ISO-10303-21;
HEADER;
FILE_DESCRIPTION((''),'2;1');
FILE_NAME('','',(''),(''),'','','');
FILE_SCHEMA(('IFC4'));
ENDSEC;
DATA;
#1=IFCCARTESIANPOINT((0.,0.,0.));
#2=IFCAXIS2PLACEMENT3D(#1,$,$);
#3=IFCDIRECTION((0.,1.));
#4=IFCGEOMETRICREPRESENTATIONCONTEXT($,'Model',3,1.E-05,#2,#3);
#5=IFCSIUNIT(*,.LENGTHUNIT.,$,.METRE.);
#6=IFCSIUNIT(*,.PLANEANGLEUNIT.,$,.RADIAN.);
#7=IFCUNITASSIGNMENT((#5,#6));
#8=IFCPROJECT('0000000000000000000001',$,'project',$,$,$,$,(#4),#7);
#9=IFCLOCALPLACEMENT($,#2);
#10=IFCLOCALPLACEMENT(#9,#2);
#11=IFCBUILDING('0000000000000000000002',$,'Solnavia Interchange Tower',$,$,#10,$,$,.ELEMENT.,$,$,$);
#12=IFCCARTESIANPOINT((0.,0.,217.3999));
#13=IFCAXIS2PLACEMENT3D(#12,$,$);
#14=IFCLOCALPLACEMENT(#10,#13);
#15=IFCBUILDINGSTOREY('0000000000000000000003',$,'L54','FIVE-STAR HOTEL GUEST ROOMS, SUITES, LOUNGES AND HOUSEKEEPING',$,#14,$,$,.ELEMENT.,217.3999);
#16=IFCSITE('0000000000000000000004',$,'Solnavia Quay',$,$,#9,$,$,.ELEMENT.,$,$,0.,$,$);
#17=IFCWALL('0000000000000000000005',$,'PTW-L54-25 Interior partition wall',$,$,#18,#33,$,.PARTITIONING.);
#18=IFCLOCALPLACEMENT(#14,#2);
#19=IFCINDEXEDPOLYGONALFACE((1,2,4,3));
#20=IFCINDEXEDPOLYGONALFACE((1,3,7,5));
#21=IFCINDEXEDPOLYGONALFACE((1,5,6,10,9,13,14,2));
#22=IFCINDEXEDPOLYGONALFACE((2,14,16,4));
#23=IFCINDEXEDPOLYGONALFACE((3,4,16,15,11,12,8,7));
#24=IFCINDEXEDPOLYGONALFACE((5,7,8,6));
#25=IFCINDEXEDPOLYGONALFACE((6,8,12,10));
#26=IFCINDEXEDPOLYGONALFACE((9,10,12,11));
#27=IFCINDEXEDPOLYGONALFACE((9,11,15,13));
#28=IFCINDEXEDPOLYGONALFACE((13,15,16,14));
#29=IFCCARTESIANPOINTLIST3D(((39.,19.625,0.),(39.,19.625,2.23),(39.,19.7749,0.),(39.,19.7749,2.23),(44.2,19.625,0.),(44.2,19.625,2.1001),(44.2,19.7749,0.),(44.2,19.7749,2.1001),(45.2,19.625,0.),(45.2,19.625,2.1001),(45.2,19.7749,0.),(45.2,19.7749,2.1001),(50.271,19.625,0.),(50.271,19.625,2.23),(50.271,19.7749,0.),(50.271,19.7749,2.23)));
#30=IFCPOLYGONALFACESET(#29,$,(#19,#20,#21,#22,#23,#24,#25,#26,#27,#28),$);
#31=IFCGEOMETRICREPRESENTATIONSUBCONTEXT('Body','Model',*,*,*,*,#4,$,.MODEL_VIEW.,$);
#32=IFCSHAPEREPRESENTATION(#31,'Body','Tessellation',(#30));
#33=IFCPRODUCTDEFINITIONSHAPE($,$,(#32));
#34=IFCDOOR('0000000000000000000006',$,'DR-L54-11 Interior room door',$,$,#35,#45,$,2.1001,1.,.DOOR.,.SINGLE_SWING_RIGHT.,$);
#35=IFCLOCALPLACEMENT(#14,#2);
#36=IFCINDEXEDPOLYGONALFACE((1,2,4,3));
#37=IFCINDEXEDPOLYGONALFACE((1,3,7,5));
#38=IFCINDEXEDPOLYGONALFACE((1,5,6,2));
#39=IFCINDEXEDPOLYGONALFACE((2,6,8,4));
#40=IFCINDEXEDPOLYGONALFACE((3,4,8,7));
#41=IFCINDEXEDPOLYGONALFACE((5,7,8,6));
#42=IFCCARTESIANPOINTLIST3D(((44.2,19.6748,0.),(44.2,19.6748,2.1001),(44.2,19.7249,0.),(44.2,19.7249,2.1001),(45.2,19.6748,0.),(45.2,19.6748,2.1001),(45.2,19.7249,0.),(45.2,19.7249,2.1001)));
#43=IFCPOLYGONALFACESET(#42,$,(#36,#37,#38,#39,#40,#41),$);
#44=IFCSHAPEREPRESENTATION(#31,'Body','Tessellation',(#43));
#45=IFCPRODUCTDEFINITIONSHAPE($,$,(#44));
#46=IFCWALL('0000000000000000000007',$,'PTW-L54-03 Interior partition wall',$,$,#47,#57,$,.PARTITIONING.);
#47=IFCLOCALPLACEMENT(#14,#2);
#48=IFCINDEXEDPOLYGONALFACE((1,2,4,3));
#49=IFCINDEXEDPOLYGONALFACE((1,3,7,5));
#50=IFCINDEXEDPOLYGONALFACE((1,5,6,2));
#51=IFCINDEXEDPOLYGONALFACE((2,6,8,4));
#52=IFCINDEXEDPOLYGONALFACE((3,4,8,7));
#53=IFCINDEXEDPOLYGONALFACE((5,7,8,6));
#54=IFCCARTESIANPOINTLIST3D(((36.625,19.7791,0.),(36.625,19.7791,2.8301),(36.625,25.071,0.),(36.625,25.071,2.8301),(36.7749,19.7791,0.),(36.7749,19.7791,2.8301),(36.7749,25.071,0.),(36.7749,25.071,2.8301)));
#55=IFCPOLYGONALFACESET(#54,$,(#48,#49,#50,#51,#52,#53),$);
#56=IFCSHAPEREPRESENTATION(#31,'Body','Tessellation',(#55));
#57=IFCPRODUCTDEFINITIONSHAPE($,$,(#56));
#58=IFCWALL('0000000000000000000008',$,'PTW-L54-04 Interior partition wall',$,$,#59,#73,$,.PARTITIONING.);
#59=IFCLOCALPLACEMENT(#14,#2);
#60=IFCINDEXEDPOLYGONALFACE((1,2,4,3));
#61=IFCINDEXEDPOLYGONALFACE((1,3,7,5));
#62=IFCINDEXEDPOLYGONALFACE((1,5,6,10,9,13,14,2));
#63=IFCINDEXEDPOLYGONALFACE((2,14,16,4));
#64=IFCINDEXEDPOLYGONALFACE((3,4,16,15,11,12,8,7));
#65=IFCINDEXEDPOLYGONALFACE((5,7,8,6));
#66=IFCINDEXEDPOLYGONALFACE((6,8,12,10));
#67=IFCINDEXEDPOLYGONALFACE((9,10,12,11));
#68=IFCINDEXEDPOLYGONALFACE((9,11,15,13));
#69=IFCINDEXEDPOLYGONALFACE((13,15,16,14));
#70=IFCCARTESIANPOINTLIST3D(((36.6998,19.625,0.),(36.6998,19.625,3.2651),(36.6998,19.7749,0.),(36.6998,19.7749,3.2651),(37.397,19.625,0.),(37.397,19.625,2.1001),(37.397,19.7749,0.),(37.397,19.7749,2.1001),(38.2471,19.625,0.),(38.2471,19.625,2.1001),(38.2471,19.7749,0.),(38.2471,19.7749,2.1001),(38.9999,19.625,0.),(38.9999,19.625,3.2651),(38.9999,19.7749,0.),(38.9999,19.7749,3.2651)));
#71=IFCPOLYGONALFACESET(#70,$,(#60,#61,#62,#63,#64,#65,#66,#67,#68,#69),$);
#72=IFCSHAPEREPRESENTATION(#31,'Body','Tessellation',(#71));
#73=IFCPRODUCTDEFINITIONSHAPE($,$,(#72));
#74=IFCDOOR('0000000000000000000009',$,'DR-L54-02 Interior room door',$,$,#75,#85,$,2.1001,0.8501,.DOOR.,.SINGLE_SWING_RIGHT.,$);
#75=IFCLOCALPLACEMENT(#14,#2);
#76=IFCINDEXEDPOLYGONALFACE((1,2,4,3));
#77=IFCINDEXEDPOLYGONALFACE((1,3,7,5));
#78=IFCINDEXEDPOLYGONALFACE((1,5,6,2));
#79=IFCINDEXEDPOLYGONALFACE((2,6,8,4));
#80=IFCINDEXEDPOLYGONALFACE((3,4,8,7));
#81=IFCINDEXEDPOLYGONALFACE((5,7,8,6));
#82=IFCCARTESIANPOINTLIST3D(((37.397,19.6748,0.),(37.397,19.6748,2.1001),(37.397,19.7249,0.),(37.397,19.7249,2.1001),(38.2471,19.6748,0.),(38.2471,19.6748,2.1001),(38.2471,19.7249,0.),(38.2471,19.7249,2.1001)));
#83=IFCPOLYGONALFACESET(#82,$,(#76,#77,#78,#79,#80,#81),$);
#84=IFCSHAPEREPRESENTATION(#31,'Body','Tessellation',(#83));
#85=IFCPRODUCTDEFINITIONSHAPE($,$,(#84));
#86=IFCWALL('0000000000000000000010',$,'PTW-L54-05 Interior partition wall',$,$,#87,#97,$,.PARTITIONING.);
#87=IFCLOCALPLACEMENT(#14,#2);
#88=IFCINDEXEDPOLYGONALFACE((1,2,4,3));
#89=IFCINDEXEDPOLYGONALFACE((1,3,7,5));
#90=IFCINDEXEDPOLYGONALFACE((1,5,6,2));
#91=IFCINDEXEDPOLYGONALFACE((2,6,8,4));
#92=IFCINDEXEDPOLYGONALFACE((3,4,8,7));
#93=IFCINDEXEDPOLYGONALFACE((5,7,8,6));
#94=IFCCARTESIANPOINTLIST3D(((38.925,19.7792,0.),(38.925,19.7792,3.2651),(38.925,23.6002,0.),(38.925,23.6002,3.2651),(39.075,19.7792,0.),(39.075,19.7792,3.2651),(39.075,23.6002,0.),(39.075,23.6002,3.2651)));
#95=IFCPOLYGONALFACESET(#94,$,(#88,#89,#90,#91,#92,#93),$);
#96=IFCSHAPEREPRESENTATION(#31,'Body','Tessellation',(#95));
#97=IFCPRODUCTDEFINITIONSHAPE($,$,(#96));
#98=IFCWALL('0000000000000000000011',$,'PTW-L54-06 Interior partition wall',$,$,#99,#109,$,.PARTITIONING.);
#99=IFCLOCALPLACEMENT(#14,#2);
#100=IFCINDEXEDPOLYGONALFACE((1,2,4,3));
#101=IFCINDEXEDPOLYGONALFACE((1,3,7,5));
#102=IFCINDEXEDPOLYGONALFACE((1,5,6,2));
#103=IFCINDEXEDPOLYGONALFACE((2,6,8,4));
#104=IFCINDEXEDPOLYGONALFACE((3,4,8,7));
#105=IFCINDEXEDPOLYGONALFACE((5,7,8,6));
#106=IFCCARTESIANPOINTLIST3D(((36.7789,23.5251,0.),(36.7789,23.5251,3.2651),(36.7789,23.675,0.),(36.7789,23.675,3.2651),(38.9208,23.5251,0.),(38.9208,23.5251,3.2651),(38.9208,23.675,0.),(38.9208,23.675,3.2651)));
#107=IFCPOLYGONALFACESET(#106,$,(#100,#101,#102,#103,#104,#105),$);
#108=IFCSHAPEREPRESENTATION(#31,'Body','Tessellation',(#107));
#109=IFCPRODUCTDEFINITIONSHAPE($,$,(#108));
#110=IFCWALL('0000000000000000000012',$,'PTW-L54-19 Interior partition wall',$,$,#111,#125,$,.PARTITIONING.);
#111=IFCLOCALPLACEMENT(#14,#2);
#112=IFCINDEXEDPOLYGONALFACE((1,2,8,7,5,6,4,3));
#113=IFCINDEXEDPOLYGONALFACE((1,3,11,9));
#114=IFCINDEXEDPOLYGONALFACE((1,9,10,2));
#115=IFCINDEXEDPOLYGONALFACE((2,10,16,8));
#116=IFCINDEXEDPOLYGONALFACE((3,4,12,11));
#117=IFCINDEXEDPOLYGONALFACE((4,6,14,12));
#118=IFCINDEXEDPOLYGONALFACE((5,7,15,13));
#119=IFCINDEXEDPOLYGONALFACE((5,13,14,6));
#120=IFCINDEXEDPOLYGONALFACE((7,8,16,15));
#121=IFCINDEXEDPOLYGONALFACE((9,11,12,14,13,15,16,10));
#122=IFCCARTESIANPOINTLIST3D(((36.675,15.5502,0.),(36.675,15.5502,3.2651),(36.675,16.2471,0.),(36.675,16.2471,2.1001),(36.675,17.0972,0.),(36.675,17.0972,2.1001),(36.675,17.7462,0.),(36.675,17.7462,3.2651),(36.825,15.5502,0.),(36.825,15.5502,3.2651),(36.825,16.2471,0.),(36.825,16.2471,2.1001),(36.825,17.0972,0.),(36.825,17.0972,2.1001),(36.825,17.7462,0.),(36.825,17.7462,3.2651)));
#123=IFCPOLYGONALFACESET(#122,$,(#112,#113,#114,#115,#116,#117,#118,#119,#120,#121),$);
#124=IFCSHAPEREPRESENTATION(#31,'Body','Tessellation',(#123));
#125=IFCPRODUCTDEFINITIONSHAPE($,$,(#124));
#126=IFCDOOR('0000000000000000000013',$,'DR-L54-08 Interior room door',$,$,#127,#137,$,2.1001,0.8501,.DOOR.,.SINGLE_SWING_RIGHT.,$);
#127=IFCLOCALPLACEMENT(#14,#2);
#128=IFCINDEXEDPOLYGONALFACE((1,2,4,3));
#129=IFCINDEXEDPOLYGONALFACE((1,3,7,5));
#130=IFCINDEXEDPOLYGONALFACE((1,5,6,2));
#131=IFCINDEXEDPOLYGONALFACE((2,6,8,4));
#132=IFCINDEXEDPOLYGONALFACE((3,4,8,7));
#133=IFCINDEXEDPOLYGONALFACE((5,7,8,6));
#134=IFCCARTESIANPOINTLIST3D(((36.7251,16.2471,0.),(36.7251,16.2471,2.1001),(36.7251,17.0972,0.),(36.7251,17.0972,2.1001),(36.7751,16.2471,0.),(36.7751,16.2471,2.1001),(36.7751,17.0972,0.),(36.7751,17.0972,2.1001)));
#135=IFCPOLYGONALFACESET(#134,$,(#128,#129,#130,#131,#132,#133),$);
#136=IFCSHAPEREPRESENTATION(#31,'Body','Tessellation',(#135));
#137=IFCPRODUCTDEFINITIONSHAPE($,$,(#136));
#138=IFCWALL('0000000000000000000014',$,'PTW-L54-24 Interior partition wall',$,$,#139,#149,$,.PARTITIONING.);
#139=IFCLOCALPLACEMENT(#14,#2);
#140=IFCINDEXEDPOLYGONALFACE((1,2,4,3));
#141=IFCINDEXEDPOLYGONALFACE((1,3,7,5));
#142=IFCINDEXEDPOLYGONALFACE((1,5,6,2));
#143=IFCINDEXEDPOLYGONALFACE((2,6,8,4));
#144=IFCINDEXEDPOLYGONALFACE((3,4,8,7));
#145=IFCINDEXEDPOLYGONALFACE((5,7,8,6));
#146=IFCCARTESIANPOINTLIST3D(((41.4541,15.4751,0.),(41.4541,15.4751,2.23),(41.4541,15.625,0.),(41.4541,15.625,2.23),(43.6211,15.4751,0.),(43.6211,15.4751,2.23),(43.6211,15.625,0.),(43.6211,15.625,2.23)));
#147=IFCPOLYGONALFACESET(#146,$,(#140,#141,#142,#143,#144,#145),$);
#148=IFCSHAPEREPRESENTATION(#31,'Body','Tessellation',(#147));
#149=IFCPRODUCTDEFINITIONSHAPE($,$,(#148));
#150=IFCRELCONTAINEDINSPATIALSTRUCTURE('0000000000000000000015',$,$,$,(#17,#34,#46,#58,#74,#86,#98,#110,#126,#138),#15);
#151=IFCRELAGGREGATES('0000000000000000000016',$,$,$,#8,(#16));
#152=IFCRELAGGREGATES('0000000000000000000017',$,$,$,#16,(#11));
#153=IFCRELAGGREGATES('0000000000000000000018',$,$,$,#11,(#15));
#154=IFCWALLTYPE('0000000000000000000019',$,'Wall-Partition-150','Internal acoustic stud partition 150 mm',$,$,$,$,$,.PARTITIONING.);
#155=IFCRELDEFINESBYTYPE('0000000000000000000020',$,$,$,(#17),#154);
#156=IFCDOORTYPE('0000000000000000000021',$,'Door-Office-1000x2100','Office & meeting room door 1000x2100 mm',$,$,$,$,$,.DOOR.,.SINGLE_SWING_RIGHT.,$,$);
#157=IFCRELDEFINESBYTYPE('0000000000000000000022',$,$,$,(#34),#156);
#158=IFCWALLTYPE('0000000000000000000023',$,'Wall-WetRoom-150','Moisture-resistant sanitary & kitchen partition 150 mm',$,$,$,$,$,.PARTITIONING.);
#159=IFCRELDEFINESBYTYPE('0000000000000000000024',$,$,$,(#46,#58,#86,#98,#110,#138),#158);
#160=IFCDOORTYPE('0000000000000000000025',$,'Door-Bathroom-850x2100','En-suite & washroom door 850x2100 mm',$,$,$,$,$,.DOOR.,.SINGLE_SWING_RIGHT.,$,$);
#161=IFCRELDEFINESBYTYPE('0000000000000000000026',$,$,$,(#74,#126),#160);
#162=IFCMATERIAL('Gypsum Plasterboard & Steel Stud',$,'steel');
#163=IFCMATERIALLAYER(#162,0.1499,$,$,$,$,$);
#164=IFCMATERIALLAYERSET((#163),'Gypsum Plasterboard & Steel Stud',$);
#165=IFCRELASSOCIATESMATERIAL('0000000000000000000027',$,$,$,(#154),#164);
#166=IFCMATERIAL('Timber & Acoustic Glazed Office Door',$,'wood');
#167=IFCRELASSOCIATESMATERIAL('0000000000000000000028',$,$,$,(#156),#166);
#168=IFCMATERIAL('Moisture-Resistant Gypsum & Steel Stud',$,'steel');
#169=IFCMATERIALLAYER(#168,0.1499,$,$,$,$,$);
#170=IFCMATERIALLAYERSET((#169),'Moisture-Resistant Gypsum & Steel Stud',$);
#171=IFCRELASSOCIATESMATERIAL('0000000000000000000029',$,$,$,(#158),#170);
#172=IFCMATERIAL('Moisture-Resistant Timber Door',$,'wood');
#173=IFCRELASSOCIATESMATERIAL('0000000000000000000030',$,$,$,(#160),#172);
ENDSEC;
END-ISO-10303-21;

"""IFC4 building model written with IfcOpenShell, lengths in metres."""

from ifc_helpers import new_model, si_unit, direction, frame, frame_2d, origin, place, context, subcontext, project, spatial, rectangle, extrude, material, layer, layer_set, type_object, element, fill, save


model = new_model("IFC4")

# Units and contexts
model_context = context("Model", 3, precision=1e-05, world=origin(), true_north=direction((0.0, 1.0)))
body_context = subcontext(model_context, "Body", "Model", "MODEL_VIEW")
ifc_project = project(units=[si_unit("LENGTHUNIT", "METRE"), si_unit("PLANEANGLEUNIT", "RADIAN")], contexts=[model_context])

# Site, building, storey
site_placement = place(None, origin())
site = spatial("IfcSite", under=ifc_project, at=site_placement, Name="Solnavia Quay", CompositionType="ELEMENT", RefElevation=0.0)
building_placement = place(site_placement, origin())
building = spatial("IfcBuilding", under=site, at=building_placement, Name="Solnavia Interchange Tower", CompositionType="ELEMENT")
storey_placement = place(building_placement, frame((0.0, 0.0, 217.3999)))
storey = spatial("IfcBuildingStorey", under=building, at=storey_placement, Name="L54", Description="FIVE-STAR HOTEL GUEST ROOMS, SUITES, LOUNGES AND HOUSEKEEPING", CompositionType="ELEMENT", Elevation=217.3999)

# Wall, opening, door
ifc_material_1 = material(Name="Gypsum Plasterboard & Steel Stud", Category="steel")
ifc_layer_1 = layer(ifc_material_1, 0.1499)
ifc_layer_set_1 = layer_set([ifc_layer_1], Name="Gypsum Plasterboard & Steel Stud")
wall_type_1 = type_object("IfcWallType", Name="Wall-Partition-150", Description="Internal acoustic stud partition 150 mm", PredefinedType="PARTITIONING", material=ifc_layer_set_1)
wall_1_placement = place(storey_placement, frame((39.0, 19.7, 0.0), z_axis=(0.0, 0.0, 1.0), x_axis=(1.0, 0.0, 0.0)))
wall_1 = element("IfcWall", 1, at=wall_1_placement, inside=storey, type_object=wall_type_1, Name="PTW-L54-25 Interior partition wall", PredefinedType="PARTITIONING", context=body_context, shape_type="SweptSolid", body=[
    extrude(rectangle(XDim=11.271, YDim=0.1499, at=frame_2d((5.6355, 0.0))), origin(), (0.0, 0.0, 1.0), 2.23),
])
opening_1_placement = place(wall_1_placement, frame((5.2, 0.0, 0.0)))
opening_1 = element("IfcOpeningElement", 2, at=opening_1_placement, cuts=wall_1, PredefinedType="OPENING", context=body_context, shape_type="SweptSolid", body=[
    extrude(rectangle(XDim=1.0, YDim=2.1001, at=frame_2d((0.5, 1.05))), frame((0.0, 0.085, 0.0), z_axis=(0.0, -1.0, 0.0), x_axis=(1.0, 0.0, 0.0)), (0.0, 0.0, 1.0), 0.1699),
])
ifc_material_2 = material(Name="Timber & Acoustic Glazed Office Door", Category="wood")
door_type_1 = type_object("IfcDoorType", Name="Door-Office-1000x2100", Description="Office & meeting room door 1000x2100 mm", OperationType="SINGLE_SWING_RIGHT", PredefinedType="DOOR", material=ifc_material_2)
door_1_placement = place(opening_1_placement, origin())
door_1 = element("IfcDoor", 3, at=door_1_placement, inside=storey, type_object=door_type_1, Name="DR-L54-11 Interior room door", OperationType="SINGLE_SWING_RIGHT", OverallHeight=2.1001, OverallWidth=1.0, PredefinedType="DOOR", context=body_context, shape_type="SweptSolid", body=[
    extrude(rectangle(XDim=1.0, YDim=2.1001, at=frame_2d((0.5, 1.05))), frame((0.0, 0.0249, 0.0), z_axis=(0.0, -1.0, 0.0), x_axis=(1.0, 0.0, 0.0)), (0.0, 0.0, 1.0), 0.05),
])
fill(opening_1, door_1)

# Wall
ifc_material_3 = material(Name="Moisture-Resistant Gypsum & Steel Stud", Category="steel")
ifc_layer_2 = layer(ifc_material_3, 0.1499)
ifc_layer_set_2 = layer_set([ifc_layer_2], Name="Moisture-Resistant Gypsum & Steel Stud")
wall_type_2 = type_object("IfcWallType", Name="Wall-WetRoom-150", Description="Moisture-resistant sanitary & kitchen partition 150 mm", PredefinedType="PARTITIONING", material=ifc_layer_set_2)
wall_2_placement = place(storey_placement, frame((36.7, 19.7791, 0.0), z_axis=(0.0, 0.0, 1.0), x_axis=(0.0, 1.0, 0.0)))
element("IfcWall", 4, at=wall_2_placement, inside=storey, type_object=wall_type_2, Name="PTW-L54-03 Interior partition wall", PredefinedType="PARTITIONING", context=body_context, shape_type="SweptSolid", body=[
    extrude(rectangle(XDim=5.292, YDim=0.1499, at=frame_2d((2.646, 0.0))), origin(), (0.0, 0.0, 1.0), 2.8301),
])

# Wall, opening, door
wall_3_placement = place(storey_placement, frame((36.7, 19.7, 0.0), z_axis=(0.0, 0.0, 1.0), x_axis=(1.0, 0.0, 0.0)))
wall_3 = element("IfcWall", 5, at=wall_3_placement, inside=storey, type_object=wall_type_2, Name="PTW-L54-04 Interior partition wall", PredefinedType="PARTITIONING", context=body_context, shape_type="SweptSolid", body=[
    extrude(rectangle(XDim=2.3, YDim=0.1499, at=frame_2d((1.1499, 0.0))), origin(), (0.0, 0.0, 1.0), 3.2651),
])
opening_2_placement = place(wall_3_placement, frame((0.697, 0.0, 0.0)))
opening_2 = element("IfcOpeningElement", 6, at=opening_2_placement, cuts=wall_3, PredefinedType="OPENING", context=body_context, shape_type="SweptSolid", body=[
    extrude(rectangle(XDim=0.8501, YDim=2.1001, at=frame_2d((0.425, 1.05))), frame((0.0, 0.085, 0.0), z_axis=(0.0, -1.0, 0.0), x_axis=(1.0, 0.0, 0.0)), (0.0, 0.0, 1.0), 0.1699),
])
ifc_material_4 = material(Name="Moisture-Resistant Timber Door", Category="wood")
door_type_2 = type_object("IfcDoorType", Name="Door-Bathroom-850x2100", Description="En-suite & washroom door 850x2100 mm", OperationType="SINGLE_SWING_RIGHT", PredefinedType="DOOR", material=ifc_material_4)
door_2_placement = place(opening_2_placement, origin())
door_2 = element("IfcDoor", 7, at=door_2_placement, inside=storey, type_object=door_type_2, Name="DR-L54-02 Interior room door", OperationType="SINGLE_SWING_RIGHT", OverallHeight=2.1001, OverallWidth=0.8501, PredefinedType="DOOR", context=body_context, shape_type="SweptSolid", body=[
    extrude(rectangle(XDim=0.8501, YDim=2.1001, at=frame_2d((0.425, 1.05))), frame((0.0, 0.0249, 0.0), z_axis=(0.0, -1.0, 0.0), x_axis=(1.0, 0.0, 0.0)), (0.0, 0.0, 1.0), 0.05),
])
fill(opening_2, door_2)

# Walls
wall_4_placement = place(storey_placement, frame((39.0, 19.7791, 0.0), z_axis=(0.0, 0.0, 1.0), x_axis=(0.0, 1.0, 0.0)))
element("IfcWall", 8, at=wall_4_placement, inside=storey, type_object=wall_type_2, Name="PTW-L54-05 Interior partition wall", PredefinedType="PARTITIONING", context=body_context, shape_type="SweptSolid", body=[
    extrude(rectangle(XDim=3.821, YDim=0.1499, at=frame_2d((1.9106, 0.0))), origin(), (0.0, 0.0, 1.0), 3.2651),
])
wall_5_placement = place(storey_placement, frame((36.7791, 23.6001, 0.0), z_axis=(0.0, 0.0, 1.0), x_axis=(1.0, 0.0, 0.0)))
element("IfcWall", 9, at=wall_5_placement, inside=storey, type_object=wall_type_2, Name="PTW-L54-06 Interior partition wall", PredefinedType="PARTITIONING", context=body_context, shape_type="SweptSolid", body=[
    extrude(rectangle(XDim=2.1418, YDim=0.1499, at=frame_2d((1.0708, 0.0))), origin(), (0.0, 0.0, 1.0), 3.2651),
])

# Wall, opening, door
wall_6_placement = place(storey_placement, frame((36.75, 15.55, 0.0), z_axis=(0.0, 0.0, 1.0), x_axis=(0.0, 1.0, 0.0)))
wall_6 = element("IfcWall", 10, at=wall_6_placement, inside=storey, type_object=wall_type_2, Name="PTW-L54-19 Interior partition wall", PredefinedType="PARTITIONING", context=body_context, shape_type="SweptSolid", body=[
    extrude(rectangle(XDim=2.196, YDim=0.1499, at=frame_2d((1.0981, 0.0))), origin(), (0.0, 0.0, 1.0), 3.2651),
])
opening_3_placement = place(wall_6_placement, frame((0.697, 0.0, 0.0)))
opening_3 = element("IfcOpeningElement", 11, at=opening_3_placement, cuts=wall_6, PredefinedType="OPENING", context=body_context, shape_type="SweptSolid", body=[
    extrude(rectangle(XDim=0.8501, YDim=2.1001, at=frame_2d((0.425, 1.05))), frame((0.0, 0.085, 0.0), z_axis=(0.0, -1.0, 0.0), x_axis=(1.0, 0.0, 0.0)), (0.0, 0.0, 1.0), 0.1699),
])
door_3_placement = place(opening_3_placement, origin())
door_3 = element("IfcDoor", 12, at=door_3_placement, inside=storey, type_object=door_type_2, Name="DR-L54-08 Interior room door", OperationType="SINGLE_SWING_RIGHT", OverallHeight=2.1001, OverallWidth=0.8501, PredefinedType="DOOR", context=body_context, shape_type="SweptSolid", body=[
    extrude(rectangle(XDim=0.8501, YDim=2.1001, at=frame_2d((0.425, 1.05))), frame((0.0, 0.0249, 0.0), z_axis=(0.0, -1.0, 0.0), x_axis=(1.0, 0.0, 0.0)), (0.0, 0.0, 1.0), 0.05),
])
fill(opening_3, door_3)

# Wall
wall_7_placement = place(storey_placement, frame((41.4541, 15.55, 0.0), z_axis=(0.0, 0.0, 1.0), x_axis=(1.0, 0.0, 0.0)))
element("IfcWall", 13, at=wall_7_placement, inside=storey, type_object=wall_type_2, Name="PTW-L54-24 Interior partition wall", PredefinedType="PARTITIONING", context=body_context, shape_type="SweptSolid", body=[
    extrude(rectangle(XDim=2.167, YDim=0.1499, at=frame_2d((1.0835, 0.0))), origin(), (0.0, 0.0, 1.0), 2.23),
])

save(model, "model.ifc")
